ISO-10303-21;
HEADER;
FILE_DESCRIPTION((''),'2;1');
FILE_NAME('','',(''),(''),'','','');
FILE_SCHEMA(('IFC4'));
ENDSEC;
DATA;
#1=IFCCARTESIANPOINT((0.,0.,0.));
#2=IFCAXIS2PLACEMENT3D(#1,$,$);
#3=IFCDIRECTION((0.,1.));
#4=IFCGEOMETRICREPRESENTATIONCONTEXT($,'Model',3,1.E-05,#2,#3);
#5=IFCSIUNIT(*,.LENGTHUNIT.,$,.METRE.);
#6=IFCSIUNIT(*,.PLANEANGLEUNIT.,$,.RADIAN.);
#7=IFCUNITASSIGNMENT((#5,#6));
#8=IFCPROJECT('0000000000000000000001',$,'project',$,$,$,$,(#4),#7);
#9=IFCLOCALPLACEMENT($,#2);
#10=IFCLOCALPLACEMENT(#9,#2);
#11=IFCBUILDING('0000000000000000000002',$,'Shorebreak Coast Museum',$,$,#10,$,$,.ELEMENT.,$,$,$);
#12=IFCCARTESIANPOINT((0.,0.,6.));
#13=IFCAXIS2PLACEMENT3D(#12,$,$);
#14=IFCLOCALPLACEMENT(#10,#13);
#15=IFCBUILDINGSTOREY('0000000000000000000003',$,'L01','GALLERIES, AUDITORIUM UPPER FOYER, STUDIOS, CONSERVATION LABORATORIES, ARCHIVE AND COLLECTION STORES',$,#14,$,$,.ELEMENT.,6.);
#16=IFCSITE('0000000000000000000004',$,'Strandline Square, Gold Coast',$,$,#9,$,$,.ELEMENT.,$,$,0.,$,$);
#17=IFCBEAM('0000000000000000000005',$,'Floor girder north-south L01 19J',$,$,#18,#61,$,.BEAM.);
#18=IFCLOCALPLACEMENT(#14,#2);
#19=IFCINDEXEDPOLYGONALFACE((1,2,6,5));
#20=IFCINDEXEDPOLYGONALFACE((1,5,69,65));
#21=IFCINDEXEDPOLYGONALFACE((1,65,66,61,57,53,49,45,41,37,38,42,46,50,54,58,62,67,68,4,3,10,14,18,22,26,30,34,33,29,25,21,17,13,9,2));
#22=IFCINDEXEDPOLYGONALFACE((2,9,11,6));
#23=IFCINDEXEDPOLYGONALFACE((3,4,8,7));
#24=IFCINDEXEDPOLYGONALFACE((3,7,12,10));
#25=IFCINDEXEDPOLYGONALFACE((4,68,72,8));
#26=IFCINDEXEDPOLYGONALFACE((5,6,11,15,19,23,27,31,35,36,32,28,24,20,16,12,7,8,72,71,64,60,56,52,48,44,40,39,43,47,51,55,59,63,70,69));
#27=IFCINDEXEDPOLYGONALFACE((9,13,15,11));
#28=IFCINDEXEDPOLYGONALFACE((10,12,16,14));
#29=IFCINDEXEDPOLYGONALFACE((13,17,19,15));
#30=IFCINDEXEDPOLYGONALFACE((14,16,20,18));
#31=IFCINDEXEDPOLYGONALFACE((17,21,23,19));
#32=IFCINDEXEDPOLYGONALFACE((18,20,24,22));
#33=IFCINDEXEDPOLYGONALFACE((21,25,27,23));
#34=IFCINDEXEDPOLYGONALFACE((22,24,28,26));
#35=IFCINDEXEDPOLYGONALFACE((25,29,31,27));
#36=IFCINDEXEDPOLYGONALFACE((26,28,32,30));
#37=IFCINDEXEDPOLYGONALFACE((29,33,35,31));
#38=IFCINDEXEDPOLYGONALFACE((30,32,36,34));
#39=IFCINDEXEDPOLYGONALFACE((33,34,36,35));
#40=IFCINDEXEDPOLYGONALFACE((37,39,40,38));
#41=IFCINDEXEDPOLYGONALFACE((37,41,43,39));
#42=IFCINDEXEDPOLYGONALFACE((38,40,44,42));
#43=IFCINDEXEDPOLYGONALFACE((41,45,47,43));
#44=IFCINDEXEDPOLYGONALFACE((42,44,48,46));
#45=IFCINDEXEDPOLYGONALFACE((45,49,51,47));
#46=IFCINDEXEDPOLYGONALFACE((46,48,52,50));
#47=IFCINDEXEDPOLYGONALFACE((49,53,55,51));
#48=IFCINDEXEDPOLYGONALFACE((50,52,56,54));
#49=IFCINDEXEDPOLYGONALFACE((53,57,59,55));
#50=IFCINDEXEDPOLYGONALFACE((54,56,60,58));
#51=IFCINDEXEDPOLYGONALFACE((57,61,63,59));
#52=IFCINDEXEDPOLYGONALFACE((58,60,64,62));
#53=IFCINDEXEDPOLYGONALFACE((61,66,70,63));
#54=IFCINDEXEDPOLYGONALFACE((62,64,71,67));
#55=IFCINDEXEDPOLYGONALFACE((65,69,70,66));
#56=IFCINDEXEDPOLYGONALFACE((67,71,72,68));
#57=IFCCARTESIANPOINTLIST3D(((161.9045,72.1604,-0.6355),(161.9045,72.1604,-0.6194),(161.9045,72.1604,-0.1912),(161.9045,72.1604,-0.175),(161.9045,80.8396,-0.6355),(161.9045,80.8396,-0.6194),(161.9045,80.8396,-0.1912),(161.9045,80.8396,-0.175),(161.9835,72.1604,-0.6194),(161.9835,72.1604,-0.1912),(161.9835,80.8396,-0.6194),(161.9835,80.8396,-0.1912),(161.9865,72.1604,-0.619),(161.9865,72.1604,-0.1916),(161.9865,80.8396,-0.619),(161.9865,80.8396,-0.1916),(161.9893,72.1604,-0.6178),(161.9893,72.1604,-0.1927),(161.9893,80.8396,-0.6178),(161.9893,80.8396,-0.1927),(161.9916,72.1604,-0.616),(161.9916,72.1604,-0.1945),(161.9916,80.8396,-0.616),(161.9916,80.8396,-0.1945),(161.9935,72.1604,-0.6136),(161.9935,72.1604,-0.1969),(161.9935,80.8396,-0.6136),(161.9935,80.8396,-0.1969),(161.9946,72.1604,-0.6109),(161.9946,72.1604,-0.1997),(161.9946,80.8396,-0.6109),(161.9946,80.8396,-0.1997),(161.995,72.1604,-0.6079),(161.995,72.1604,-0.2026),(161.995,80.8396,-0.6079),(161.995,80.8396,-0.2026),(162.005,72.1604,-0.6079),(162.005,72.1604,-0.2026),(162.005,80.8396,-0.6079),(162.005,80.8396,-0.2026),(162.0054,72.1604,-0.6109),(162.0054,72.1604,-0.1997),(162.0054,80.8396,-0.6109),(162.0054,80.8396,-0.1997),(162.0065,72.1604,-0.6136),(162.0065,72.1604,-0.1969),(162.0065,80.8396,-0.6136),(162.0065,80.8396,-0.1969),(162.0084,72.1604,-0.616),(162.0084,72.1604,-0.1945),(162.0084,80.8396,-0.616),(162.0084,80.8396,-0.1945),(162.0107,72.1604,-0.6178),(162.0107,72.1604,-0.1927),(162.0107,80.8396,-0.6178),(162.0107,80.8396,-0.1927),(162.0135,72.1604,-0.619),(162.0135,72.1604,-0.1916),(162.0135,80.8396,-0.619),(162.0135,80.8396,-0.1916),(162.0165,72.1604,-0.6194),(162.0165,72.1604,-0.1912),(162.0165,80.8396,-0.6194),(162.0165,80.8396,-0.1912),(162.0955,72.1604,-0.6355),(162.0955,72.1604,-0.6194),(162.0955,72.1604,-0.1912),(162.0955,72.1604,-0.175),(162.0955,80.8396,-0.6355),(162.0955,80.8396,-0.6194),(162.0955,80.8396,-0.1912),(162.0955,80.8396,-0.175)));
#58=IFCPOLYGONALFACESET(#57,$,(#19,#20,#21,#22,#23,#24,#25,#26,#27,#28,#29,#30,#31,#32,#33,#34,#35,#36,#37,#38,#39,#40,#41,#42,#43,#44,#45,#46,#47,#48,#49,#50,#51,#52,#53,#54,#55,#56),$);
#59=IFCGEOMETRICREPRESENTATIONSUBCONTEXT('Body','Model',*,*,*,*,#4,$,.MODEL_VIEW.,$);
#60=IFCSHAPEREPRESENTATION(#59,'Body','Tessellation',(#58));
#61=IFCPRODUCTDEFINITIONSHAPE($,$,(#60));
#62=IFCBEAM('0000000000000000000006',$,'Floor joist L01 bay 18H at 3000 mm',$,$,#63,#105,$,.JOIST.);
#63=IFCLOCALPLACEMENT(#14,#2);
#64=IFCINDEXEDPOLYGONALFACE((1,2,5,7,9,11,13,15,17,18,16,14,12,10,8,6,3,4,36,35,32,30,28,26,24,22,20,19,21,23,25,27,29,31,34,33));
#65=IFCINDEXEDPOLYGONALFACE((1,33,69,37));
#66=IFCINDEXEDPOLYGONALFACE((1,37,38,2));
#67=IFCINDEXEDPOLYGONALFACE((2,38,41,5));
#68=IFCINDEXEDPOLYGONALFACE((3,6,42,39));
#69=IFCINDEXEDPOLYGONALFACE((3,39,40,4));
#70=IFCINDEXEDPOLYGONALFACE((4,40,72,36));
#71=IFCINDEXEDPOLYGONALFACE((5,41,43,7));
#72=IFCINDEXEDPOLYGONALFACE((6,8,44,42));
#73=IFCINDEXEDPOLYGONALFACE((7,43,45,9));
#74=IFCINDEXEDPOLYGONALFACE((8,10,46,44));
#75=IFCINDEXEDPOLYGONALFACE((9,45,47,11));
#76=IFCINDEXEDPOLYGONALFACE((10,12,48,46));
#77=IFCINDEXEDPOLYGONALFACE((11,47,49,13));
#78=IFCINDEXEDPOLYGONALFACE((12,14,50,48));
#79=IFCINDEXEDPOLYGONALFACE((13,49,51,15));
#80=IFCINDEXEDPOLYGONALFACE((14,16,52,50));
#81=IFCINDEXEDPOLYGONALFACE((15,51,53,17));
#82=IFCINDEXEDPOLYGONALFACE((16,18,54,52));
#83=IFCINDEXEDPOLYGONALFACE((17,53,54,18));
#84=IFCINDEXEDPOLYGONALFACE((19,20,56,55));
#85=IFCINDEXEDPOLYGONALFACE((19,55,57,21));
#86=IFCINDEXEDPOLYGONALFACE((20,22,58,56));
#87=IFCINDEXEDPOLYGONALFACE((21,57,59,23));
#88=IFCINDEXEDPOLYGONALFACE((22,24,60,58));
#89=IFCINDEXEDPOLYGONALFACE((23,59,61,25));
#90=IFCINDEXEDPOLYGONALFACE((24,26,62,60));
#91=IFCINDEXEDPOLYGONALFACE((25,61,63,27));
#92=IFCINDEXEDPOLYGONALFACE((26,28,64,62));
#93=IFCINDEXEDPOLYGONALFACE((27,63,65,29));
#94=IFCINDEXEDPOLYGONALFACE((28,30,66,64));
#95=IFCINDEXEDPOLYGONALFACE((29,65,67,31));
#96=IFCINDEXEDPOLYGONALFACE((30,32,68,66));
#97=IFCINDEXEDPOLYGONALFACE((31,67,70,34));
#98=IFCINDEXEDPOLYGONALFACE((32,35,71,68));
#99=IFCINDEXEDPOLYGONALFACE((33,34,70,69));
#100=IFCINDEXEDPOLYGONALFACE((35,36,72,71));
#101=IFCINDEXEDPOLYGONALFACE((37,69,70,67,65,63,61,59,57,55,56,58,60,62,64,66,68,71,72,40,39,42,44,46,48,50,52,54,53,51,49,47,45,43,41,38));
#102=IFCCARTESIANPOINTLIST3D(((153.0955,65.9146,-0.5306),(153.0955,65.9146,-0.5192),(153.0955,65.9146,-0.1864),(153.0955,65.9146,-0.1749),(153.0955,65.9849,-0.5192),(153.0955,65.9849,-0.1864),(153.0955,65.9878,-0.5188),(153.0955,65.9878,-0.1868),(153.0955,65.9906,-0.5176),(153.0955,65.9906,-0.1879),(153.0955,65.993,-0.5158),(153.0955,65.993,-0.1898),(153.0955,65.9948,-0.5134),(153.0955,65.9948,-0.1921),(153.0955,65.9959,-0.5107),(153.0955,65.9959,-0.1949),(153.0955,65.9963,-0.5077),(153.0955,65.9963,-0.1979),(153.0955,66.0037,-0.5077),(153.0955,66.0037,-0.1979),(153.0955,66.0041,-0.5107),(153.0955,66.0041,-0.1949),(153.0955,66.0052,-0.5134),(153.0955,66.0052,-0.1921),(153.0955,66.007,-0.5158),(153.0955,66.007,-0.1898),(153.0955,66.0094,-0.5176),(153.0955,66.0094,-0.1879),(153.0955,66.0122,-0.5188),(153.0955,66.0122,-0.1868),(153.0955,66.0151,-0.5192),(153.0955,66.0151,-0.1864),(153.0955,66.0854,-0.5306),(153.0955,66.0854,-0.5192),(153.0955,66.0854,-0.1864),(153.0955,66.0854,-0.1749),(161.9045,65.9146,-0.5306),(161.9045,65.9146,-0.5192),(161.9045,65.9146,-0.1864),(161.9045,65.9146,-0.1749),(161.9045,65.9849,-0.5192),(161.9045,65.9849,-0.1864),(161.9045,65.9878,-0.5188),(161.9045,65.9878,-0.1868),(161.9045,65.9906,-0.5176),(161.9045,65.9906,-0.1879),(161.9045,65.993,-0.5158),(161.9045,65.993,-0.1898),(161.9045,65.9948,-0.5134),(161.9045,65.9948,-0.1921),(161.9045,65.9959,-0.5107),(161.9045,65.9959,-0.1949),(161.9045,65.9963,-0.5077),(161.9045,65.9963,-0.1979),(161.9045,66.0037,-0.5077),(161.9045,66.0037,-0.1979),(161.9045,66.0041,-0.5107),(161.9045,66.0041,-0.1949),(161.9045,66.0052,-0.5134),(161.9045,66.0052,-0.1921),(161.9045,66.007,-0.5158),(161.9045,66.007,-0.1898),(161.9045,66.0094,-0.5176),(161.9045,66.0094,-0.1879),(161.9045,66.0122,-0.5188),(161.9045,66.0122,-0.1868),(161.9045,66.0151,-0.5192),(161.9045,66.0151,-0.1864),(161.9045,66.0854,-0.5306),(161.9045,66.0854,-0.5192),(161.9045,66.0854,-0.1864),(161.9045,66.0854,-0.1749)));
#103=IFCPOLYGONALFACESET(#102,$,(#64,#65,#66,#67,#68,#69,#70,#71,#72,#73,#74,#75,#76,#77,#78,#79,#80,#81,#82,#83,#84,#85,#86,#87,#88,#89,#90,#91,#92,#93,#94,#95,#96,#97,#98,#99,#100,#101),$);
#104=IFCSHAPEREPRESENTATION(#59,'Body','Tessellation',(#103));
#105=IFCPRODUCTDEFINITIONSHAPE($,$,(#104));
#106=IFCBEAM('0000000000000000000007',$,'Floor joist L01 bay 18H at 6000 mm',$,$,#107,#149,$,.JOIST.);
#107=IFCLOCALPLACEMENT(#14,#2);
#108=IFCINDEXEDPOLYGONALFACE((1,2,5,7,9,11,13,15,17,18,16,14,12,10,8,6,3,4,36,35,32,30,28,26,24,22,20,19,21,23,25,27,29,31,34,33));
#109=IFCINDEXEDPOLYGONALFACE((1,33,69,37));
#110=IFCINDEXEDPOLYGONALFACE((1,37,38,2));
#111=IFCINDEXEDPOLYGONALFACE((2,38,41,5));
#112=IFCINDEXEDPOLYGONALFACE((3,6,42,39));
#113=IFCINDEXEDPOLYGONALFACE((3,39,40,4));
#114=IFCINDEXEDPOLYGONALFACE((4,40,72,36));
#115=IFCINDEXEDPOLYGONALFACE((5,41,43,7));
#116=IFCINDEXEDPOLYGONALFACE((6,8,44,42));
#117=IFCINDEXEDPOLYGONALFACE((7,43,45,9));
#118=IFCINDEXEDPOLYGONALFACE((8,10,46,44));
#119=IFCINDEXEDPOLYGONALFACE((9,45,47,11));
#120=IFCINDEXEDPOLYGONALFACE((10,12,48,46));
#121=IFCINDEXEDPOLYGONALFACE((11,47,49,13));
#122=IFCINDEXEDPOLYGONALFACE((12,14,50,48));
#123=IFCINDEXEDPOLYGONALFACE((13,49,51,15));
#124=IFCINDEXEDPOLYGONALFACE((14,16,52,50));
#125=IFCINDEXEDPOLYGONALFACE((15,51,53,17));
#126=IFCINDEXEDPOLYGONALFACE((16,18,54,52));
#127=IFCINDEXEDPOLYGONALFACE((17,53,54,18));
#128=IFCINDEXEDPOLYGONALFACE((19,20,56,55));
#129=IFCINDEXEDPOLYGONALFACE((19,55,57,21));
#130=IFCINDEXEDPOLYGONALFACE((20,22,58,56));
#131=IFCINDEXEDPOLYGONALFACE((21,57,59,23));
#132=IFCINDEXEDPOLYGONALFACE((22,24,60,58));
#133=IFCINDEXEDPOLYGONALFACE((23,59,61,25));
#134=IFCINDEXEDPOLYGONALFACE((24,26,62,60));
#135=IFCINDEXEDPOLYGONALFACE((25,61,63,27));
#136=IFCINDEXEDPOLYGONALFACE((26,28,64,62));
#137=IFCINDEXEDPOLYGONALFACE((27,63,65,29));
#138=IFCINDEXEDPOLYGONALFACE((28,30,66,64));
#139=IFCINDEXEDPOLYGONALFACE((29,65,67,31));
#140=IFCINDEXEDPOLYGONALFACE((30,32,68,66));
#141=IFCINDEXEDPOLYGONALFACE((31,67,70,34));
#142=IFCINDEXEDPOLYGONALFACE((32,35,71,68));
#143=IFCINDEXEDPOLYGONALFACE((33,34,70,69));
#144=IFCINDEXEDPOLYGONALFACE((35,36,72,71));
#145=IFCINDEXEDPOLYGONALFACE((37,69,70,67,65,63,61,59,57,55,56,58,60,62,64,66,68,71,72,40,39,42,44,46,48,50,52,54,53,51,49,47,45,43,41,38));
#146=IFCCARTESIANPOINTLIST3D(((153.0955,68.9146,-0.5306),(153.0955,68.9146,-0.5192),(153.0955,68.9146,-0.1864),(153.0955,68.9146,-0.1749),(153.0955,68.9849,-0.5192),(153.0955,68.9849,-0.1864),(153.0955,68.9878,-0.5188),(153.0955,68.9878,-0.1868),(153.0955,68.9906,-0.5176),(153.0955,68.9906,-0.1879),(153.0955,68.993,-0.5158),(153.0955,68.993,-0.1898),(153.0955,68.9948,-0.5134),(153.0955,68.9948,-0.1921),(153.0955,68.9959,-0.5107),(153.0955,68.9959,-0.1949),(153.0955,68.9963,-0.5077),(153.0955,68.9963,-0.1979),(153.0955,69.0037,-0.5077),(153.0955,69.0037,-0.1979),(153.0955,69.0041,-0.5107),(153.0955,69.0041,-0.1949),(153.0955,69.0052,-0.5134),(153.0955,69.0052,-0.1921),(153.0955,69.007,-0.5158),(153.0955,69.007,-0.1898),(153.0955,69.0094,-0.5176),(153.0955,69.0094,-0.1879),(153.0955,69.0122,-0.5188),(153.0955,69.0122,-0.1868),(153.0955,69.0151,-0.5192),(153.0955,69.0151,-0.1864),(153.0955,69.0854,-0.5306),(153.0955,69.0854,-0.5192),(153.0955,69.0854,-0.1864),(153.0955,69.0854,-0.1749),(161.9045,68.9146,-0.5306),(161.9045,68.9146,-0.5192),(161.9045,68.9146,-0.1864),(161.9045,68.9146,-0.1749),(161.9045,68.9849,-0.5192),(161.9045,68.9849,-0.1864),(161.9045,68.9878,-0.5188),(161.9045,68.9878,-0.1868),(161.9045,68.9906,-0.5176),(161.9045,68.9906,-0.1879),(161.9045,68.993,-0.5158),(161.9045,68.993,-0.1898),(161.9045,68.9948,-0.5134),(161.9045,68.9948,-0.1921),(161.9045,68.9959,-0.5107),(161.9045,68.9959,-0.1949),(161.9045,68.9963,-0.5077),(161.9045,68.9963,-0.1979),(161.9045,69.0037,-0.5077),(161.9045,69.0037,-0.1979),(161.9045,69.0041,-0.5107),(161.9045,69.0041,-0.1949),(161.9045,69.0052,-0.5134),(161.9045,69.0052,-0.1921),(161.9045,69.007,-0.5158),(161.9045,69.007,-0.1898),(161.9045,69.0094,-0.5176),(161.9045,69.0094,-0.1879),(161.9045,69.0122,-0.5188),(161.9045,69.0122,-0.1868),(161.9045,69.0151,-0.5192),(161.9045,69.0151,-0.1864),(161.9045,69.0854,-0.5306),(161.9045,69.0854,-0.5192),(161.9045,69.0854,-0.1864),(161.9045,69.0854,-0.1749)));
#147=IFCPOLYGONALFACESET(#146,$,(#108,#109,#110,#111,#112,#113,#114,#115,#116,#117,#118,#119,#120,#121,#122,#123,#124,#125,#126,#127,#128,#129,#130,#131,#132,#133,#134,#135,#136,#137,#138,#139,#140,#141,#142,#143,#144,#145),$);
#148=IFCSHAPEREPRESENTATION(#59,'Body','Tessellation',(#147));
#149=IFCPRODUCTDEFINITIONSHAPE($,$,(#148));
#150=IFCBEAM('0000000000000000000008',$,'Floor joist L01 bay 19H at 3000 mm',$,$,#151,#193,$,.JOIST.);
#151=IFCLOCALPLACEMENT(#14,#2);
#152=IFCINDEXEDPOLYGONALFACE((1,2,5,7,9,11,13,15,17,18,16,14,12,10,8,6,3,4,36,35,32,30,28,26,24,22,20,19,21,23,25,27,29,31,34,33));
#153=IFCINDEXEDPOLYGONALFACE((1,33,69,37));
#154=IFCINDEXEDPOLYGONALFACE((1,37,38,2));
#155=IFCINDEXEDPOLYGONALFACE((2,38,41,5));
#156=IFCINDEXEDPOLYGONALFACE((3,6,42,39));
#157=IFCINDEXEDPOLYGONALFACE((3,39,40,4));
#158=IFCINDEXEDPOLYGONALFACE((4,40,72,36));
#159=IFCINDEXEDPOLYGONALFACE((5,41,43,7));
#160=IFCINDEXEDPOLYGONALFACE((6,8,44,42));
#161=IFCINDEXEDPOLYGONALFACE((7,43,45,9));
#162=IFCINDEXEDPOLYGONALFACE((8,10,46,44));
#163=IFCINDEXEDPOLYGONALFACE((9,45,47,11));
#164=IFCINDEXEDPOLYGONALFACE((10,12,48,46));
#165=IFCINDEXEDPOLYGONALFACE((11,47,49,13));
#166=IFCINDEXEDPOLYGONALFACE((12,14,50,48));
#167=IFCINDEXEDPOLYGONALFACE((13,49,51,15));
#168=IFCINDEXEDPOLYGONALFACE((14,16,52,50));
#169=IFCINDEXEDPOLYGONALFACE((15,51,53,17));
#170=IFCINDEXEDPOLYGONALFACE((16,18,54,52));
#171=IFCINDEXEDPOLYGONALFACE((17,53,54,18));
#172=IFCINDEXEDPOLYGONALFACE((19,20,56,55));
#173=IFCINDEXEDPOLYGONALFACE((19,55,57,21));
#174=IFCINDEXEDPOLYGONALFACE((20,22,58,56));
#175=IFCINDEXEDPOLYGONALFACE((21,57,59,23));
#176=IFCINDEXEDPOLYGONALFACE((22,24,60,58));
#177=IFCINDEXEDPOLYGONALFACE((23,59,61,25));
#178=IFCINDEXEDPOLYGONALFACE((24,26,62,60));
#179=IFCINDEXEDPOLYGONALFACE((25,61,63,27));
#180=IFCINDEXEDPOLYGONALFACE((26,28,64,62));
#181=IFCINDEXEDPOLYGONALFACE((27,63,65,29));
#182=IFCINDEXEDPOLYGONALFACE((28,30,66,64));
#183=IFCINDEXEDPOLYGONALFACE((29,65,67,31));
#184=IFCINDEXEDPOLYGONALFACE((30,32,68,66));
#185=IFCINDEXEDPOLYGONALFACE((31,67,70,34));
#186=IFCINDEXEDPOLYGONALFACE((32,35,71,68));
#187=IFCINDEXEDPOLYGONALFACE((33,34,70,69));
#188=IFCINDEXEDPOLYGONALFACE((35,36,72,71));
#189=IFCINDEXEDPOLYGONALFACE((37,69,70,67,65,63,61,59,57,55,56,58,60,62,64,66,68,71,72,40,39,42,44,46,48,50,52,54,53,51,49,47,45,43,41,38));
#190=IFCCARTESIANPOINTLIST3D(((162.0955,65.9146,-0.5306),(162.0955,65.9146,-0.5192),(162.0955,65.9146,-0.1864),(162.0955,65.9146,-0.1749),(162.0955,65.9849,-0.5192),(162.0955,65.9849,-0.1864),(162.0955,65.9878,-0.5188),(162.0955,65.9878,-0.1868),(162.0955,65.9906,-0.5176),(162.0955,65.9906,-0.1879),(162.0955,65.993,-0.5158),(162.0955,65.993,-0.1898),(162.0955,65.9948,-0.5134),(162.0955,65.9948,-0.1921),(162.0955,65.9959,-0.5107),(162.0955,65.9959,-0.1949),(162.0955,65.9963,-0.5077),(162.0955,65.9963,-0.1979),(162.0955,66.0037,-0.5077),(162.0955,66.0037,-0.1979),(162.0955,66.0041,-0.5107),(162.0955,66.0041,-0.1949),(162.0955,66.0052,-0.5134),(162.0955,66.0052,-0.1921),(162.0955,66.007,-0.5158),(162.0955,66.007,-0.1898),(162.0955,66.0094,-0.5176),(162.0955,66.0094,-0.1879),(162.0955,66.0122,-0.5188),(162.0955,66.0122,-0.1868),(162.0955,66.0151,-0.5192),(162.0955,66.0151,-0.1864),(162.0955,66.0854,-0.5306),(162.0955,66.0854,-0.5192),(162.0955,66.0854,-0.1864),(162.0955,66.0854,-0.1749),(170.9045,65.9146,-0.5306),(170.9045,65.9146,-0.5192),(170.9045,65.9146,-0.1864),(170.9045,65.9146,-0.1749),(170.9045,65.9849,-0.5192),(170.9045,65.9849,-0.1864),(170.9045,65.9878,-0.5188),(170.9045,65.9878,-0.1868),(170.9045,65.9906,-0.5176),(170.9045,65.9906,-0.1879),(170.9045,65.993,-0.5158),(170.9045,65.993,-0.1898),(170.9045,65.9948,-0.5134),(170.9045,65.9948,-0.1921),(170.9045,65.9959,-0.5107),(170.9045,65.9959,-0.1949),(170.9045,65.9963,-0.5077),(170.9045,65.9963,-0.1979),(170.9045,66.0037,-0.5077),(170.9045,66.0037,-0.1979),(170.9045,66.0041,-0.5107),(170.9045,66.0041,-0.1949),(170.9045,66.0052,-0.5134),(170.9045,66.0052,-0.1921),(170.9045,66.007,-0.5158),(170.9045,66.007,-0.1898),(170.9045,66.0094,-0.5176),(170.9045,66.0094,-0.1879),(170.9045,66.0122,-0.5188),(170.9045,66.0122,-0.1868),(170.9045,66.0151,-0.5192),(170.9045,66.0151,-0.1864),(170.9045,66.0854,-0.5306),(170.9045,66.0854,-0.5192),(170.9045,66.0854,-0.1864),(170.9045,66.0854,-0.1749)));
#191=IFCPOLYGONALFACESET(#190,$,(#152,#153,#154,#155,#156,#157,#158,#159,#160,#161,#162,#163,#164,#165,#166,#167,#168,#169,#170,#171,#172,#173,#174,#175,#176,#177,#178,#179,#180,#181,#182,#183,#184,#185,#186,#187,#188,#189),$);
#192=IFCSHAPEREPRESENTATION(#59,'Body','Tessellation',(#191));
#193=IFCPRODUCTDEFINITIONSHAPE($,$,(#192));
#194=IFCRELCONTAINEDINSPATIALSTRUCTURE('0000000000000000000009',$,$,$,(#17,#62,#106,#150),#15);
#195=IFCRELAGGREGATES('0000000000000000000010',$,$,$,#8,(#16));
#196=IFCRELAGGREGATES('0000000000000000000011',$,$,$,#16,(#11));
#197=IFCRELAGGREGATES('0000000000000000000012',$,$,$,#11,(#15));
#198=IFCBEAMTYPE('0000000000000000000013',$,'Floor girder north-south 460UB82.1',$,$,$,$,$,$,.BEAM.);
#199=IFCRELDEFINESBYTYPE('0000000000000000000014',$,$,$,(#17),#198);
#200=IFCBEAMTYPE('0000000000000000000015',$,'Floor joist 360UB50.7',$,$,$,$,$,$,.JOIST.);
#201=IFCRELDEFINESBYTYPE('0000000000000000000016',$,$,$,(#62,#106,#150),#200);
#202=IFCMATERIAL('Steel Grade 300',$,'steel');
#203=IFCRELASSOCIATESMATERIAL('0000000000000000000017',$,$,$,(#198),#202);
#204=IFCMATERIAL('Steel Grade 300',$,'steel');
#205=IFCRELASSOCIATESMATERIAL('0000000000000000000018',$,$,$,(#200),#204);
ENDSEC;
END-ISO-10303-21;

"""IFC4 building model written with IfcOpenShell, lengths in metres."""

from ifc_helpers import new_model, si_unit, direction, frame, origin, origin_2d, place, context, subcontext, project, spatial, i_section, extrude, material, material_profile, profile_set, type_object, element, save


model = new_model("IFC4")

# Units and contexts
model_context = context("Model", 3, precision=1e-05, world=origin(), true_north=direction((0.0, 1.0)))
body_context = subcontext(model_context, "Body", "Model", "MODEL_VIEW")
ifc_project = project(units=[si_unit("LENGTHUNIT", "METRE"), si_unit("PLANEANGLEUNIT", "RADIAN")], contexts=[model_context])

# Site, building, storey
site_placement = place(None, origin())
site = spatial("IfcSite", under=ifc_project, at=site_placement, Name="Strandline Square, Gold Coast", CompositionType="ELEMENT", RefElevation=0.0)
building_placement = place(site_placement, origin())
building = spatial("IfcBuilding", under=site, at=building_placement, Name="Shorebreak Coast Museum", CompositionType="ELEMENT")
storey_placement = place(building_placement, frame((0.0, 0.0, 6.0)))
storey = spatial("IfcBuildingStorey", under=building, at=storey_placement, Name="L01", Description="GALLERIES, AUDITORIUM UPPER FOYER, STUDIOS, CONSERVATION LABORATORIES, ARCHIVE AND COLLECTION STORES", CompositionType="ELEMENT", Elevation=6.0)

# Beams
ifc_material_1 = material(Name="Steel Grade 300", Category="steel")
ifc_material_profile_1 = material_profile(ifc_material_1, i_section(OverallWidth=0.1909, OverallDepth=0.4604, WebThickness=0.01, FlangeThickness=0.0161, FilletRadius=0.0115, at=origin_2d()), Name="460UB82.1")
ifc_profile_set_1 = profile_set([ifc_material_profile_1], Name="Steel Grade 300")
beam_type_1 = type_object("IfcBeamType", Name="Floor girder north-south 460UB82.1", PredefinedType="BEAM", material=ifc_profile_set_1)
for number, where, z_axis, x_axis, name in (
    (1, (162.0, 72.1604, -0.4053), (0.0, 1.0, 0.0), (-1.0, 0.0, 0.0), "Floor girder north-south L01 19J"),
):
    element("IfcBeam", number, at=place(storey_placement, frame(where, z_axis=z_axis, x_axis=x_axis)), inside=storey, type_object=beam_type_1, Name=name, PredefinedType="BEAM", context=body_context, shape_type="SweptSolid", body=[
        extrude(i_section(OverallWidth=0.1909, OverallDepth=0.4604, WebThickness=0.01, FlangeThickness=0.0161, FilletRadius=0.0115, at=origin_2d()), origin(), (0.0, 0.0, 1.0), 8.6792),
    ])
ifc_material_2 = material(Name="Steel Grade 300", Category="steel")
ifc_material_profile_2 = material_profile(ifc_material_2, i_section(OverallWidth=0.1709, OverallDepth=0.3557, WebThickness=0.0073, FlangeThickness=0.0115, FilletRadius=0.0115, at=origin_2d()), Name="360UB50.7")
ifc_profile_set_2 = profile_set([ifc_material_profile_2], Name="Steel Grade 300")
beam_type_2 = type_object("IfcBeamType", Name="Floor joist 360UB50.7", PredefinedType="JOIST", material=ifc_profile_set_2)
for number, where, z_axis, x_axis, name in (
    (2, (153.0955, 66.0, -0.3528), (1.0, 0.0, 0.0), (0.0, 1.0, 0.0), "Floor joist L01 bay 18H at 3000 mm"),
    (3, (153.0955, 69.0, -0.3528), (1.0, 0.0, 0.0), (0.0, 1.0, 0.0), "Floor joist L01 bay 18H at 6000 mm"),
    (4, (162.0955, 66.0, -0.3528), (1.0, 0.0, 0.0), (0.0, 1.0, 0.0), "Floor joist L01 bay 19H at 3000 mm"),
):
    element("IfcBeam", number, at=place(storey_placement, frame(where, z_axis=z_axis, x_axis=x_axis)), inside=storey, type_object=beam_type_2, Name=name, PredefinedType="JOIST", context=body_context, shape_type="SweptSolid", body=[
        extrude(i_section(OverallWidth=0.1709, OverallDepth=0.3557, WebThickness=0.0073, FlangeThickness=0.0115, FilletRadius=0.0115, at=origin_2d()), origin(), (0.0, 0.0, 1.0), 8.8091),
    ])

save(model, "model.ifc")
